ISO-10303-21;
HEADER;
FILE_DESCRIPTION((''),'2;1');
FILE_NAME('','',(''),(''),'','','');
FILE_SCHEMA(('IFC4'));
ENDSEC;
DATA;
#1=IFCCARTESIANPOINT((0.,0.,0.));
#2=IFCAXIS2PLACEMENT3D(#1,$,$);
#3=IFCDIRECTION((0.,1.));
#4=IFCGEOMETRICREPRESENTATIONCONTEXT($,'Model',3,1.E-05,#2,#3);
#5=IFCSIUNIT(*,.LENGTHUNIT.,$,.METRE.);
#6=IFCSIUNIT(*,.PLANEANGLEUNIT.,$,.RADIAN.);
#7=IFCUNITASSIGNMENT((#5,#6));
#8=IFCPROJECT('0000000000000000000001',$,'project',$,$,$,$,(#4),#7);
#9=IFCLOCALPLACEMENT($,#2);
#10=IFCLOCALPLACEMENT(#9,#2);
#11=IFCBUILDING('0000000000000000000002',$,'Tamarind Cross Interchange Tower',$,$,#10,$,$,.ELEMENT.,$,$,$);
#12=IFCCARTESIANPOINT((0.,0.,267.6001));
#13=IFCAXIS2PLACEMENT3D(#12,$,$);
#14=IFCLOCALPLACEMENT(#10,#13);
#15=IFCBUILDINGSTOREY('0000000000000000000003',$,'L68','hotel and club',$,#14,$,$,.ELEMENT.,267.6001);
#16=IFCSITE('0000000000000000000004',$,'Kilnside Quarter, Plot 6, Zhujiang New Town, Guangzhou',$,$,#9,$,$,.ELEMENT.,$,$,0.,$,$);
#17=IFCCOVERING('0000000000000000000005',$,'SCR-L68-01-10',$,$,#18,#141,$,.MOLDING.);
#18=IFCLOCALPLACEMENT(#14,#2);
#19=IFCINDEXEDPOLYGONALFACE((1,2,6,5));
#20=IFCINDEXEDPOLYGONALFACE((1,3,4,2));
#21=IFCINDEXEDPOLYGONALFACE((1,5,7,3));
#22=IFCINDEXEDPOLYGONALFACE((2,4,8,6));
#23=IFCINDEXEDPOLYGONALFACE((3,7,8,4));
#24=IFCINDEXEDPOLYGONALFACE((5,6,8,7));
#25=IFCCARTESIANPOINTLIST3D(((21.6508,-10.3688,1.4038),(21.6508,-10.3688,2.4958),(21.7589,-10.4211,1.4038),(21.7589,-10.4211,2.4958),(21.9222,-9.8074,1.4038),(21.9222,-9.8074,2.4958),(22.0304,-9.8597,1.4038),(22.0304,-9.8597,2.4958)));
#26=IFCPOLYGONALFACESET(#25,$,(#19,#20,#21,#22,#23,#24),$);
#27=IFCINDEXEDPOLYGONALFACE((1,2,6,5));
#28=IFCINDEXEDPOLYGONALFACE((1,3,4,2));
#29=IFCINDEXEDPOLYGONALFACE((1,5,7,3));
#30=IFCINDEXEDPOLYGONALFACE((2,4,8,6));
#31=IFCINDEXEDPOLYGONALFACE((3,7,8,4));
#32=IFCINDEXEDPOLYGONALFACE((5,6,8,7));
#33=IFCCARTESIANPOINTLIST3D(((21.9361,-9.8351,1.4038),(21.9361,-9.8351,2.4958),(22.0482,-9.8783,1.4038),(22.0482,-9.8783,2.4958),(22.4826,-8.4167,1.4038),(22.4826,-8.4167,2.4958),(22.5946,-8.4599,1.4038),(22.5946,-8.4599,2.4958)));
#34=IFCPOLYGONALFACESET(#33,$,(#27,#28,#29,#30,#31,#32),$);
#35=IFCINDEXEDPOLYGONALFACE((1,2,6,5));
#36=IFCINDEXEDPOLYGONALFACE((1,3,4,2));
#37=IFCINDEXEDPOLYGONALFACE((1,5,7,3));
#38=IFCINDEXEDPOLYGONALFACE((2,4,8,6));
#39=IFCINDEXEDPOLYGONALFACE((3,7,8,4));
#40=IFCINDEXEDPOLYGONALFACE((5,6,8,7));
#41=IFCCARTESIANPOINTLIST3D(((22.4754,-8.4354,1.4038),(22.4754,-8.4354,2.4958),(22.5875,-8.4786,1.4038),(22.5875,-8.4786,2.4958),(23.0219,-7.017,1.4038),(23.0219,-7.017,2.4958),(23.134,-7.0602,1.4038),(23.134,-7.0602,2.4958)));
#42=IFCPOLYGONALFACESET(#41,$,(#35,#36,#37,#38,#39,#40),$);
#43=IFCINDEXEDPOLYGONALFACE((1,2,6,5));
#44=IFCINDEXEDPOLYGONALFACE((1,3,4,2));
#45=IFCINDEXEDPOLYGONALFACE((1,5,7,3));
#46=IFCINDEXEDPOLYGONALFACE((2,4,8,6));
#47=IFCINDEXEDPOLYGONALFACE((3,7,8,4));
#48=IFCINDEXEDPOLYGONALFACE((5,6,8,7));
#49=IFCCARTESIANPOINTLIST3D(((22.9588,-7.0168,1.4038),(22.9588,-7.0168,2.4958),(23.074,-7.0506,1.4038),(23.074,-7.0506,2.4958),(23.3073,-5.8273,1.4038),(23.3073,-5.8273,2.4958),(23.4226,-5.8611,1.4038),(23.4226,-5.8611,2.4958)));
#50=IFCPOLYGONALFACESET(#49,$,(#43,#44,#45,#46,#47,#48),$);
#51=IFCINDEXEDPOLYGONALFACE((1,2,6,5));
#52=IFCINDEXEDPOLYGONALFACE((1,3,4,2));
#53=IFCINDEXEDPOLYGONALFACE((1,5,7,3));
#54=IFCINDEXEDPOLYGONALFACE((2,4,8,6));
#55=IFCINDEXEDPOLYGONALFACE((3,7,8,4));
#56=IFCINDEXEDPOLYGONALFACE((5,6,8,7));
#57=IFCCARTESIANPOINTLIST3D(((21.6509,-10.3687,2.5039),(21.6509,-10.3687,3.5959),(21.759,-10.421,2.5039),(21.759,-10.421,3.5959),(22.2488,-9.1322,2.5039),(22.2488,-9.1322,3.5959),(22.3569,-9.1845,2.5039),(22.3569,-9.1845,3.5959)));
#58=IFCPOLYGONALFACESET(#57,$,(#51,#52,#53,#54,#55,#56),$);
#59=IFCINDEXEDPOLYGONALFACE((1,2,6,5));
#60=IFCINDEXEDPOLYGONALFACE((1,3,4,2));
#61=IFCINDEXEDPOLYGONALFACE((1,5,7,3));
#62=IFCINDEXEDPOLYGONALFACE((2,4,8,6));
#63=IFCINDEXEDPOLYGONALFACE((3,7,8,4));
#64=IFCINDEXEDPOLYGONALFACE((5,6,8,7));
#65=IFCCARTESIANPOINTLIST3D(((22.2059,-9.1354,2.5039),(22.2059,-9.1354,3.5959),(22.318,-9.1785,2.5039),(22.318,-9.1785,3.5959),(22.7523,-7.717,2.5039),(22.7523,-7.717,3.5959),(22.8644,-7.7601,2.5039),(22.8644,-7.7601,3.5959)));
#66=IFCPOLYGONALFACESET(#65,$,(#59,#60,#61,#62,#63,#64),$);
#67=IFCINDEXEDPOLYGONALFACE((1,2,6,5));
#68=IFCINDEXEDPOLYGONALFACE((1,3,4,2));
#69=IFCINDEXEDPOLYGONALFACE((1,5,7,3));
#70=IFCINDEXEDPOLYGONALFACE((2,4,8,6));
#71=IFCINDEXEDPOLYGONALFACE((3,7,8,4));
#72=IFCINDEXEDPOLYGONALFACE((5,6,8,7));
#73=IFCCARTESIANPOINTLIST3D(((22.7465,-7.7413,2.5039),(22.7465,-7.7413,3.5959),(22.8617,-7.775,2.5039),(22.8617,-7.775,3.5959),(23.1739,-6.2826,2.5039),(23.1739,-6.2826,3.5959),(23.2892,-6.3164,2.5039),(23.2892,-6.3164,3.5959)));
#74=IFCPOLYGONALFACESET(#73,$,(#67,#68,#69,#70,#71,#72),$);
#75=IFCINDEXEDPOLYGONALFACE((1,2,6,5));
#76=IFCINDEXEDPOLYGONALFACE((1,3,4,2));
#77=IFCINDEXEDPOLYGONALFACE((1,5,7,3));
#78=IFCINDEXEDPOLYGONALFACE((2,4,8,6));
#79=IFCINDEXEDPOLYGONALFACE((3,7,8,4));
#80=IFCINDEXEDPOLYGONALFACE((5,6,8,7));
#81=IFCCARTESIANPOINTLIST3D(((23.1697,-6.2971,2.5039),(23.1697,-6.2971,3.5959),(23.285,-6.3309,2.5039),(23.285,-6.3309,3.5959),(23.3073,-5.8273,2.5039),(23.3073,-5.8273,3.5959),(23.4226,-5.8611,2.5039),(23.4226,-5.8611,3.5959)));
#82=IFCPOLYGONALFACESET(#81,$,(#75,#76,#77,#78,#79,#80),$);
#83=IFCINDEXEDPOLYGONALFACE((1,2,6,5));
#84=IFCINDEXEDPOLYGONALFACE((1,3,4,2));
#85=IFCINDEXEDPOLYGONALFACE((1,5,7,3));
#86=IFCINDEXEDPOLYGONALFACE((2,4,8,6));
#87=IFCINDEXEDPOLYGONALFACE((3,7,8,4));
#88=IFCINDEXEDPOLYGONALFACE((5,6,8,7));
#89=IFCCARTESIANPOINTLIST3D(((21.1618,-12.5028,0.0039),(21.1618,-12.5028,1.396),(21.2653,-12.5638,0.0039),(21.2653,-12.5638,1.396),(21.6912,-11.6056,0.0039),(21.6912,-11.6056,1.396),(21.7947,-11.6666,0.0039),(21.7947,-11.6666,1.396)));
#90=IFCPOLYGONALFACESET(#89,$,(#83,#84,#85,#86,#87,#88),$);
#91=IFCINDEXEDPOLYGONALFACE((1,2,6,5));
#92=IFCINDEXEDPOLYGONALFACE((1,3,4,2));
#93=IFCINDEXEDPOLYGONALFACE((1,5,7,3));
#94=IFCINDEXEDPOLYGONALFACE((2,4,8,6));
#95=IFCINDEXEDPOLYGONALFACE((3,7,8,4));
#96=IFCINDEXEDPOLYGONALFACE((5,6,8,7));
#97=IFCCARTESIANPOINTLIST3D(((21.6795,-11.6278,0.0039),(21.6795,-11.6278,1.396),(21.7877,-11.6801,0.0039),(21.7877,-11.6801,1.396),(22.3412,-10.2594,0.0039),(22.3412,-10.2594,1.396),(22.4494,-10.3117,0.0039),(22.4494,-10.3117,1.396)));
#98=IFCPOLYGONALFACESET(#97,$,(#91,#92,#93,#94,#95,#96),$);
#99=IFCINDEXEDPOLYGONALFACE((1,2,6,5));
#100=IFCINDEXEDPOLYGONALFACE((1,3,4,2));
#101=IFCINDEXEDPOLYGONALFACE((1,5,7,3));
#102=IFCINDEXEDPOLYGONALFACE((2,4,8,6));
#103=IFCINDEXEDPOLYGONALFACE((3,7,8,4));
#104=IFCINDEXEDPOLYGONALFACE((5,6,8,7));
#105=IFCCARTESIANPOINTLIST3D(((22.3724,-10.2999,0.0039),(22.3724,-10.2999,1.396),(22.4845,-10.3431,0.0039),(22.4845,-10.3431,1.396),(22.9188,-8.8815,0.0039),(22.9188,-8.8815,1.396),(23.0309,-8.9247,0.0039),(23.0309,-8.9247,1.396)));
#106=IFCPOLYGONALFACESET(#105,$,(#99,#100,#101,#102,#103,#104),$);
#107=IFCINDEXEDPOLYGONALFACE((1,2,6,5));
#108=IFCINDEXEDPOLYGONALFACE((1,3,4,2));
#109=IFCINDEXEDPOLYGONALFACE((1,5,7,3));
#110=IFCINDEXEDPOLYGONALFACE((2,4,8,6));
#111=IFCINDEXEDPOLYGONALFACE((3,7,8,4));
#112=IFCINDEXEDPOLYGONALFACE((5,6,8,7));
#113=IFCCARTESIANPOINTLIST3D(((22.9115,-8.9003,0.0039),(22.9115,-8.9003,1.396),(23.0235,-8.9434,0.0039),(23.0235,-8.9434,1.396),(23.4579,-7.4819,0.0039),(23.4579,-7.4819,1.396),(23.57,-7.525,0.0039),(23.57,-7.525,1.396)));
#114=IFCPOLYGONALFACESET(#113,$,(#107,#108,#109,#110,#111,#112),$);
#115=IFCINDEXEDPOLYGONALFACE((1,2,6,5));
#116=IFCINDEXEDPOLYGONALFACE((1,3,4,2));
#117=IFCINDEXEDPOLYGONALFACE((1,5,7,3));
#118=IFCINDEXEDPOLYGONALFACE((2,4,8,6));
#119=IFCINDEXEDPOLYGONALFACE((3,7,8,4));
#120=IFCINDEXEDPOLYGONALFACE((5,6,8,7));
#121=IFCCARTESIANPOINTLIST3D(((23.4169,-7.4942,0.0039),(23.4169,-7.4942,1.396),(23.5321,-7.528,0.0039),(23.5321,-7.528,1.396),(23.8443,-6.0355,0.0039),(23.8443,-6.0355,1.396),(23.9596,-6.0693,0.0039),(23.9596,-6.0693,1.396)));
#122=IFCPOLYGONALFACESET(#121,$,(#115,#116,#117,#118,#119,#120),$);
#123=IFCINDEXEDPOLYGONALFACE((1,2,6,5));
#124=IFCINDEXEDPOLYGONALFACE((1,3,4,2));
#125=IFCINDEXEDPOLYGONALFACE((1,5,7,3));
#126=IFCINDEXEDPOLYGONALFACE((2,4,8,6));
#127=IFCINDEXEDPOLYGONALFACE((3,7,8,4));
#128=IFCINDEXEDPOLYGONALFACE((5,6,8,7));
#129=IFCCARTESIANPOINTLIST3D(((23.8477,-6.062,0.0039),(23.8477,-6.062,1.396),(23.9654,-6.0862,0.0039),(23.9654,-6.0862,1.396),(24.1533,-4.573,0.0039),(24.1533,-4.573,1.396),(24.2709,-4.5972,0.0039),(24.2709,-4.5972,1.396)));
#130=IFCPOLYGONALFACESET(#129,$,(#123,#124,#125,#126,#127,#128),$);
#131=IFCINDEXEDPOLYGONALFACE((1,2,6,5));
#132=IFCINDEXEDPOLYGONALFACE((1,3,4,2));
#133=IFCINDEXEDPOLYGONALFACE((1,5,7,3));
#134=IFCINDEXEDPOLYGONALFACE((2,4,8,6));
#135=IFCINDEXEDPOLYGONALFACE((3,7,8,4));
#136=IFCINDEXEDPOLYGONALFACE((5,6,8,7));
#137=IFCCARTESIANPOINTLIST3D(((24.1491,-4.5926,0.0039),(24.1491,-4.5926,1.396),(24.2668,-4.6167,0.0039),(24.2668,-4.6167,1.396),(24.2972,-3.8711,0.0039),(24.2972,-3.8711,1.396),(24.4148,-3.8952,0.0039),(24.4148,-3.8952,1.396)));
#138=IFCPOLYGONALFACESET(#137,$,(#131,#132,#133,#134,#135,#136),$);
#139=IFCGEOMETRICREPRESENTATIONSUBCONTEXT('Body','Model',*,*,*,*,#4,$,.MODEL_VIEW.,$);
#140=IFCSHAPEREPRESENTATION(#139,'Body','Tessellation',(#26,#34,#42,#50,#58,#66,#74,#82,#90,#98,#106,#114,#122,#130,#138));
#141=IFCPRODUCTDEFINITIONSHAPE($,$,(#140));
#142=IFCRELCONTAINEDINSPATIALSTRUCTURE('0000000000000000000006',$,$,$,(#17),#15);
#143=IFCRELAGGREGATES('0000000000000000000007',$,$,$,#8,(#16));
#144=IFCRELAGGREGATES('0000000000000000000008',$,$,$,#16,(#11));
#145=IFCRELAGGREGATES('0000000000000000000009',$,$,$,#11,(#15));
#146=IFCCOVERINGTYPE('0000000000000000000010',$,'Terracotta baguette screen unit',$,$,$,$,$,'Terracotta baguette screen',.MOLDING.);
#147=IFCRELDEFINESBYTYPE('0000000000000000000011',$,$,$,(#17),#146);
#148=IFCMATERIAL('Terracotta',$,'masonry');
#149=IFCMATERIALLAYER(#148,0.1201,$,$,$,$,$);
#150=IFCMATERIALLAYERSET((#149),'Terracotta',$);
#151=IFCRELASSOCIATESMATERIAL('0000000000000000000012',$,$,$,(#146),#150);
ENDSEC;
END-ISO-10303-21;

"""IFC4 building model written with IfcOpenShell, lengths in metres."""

from ifc_helpers import new_model, si_unit, direction, frame, origin, origin_2d, place, context, subcontext, project, spatial, rectangle, extrude, material, layer, layer_set, type_object, element, save


model = new_model("IFC4")

# Units and contexts
model_context = context("Model", 3, precision=1e-05, world=origin(), true_north=direction((0.0, 1.0)))
body_context = subcontext(model_context, "Body", "Model", "MODEL_VIEW")
ifc_project = project(units=[si_unit("LENGTHUNIT", "METRE"), si_unit("PLANEANGLEUNIT", "RADIAN")], contexts=[model_context])

# Site, building, storey
site_placement = place(None, origin())
site = spatial("IfcSite", under=ifc_project, at=site_placement, Name="Kilnside Quarter, Plot 6, Zhujiang New Town, Guangzhou", CompositionType="ELEMENT", RefElevation=0.0)
building_placement = place(site_placement, origin())
building = spatial("IfcBuilding", under=site, at=building_placement, Name="Tamarind Cross Interchange Tower", CompositionType="ELEMENT")
storey_placement = place(building_placement, frame((0.0, 0.0, 267.6001)))
storey = spatial("IfcBuildingStorey", under=building, at=storey_placement, Name="L68", Description="hotel and club", CompositionType="ELEMENT", Elevation=267.6001)

# Covering
ifc_material_1 = material(Name="Terracotta", Category="masonry")
ifc_layer_1 = layer(ifc_material_1, 0.1201)
ifc_layer_set_1 = layer_set([ifc_layer_1], Name="Terracotta")
covering_type = type_object("IfcCoveringType", Name="Terracotta baguette screen unit", ElementType="Terracotta baguette screen", PredefinedType="MOLDING", material=ifc_layer_set_1)
covering_1_placement = place(storey_placement, origin())
element("IfcCovering", 1, at=covering_1_placement, inside=storey, type_object=covering_type, Name="SCR-L68-01-10", PredefinedType="MOLDING", context=body_context, shape_type="SweptSolid", body=[
    extrude(rectangle(XDim=0.6235, YDim=0.1201, at=origin_2d()), frame((21.8406, -10.1143, 1.4038), z_axis=(0.0, 0.0, 1.0), x_axis=(0.435326, 0.900273, 0.0)), (0.0, 0.0, 1.0), 1.092),
    extrude(rectangle(XDim=1.52, YDim=0.1201, at=origin_2d()), frame((22.2654, -9.1475, 1.4038), z_axis=(0.0, 0.0, 1.0), x_axis=(0.359495, 0.933147, 0.0)), (0.0, 0.0, 1.0), 1.092),
    extrude(rectangle(XDim=1.52, YDim=0.1201, at=origin_2d()), frame((22.8047, -7.7478, 1.4038), z_axis=(0.0, 0.0, 1.0), x_axis=(0.359495, 0.933147, 0.0)), (0.0, 0.0, 1.0), 1.092),
    extrude(rectangle(XDim=1.2395, YDim=0.1201, at=origin_2d()), frame((23.1907, -6.439, 1.4038), z_axis=(0.0, 0.0, 1.0), x_axis=(0.281209, 0.959647, 0.0)), (0.0, 0.0, 1.0), 1.092),
    extrude(rectangle(XDim=1.3735, YDim=0.1201, at=origin_2d()), frame((22.0039, -9.7766, 2.5039), z_axis=(0.0, 0.0, 1.0), x_axis=(0.435326, 0.900273, 0.0)), (0.0, 0.0, 1.0), 1.092),
    extrude(rectangle(XDim=1.52, YDim=0.1201, at=origin_2d()), frame((22.5352, -8.4478, 2.5039), z_axis=(0.0, 0.0, 1.0), x_axis=(0.359495, 0.933147, 0.0)), (0.0, 0.0, 1.0), 1.092),
    extrude(rectangle(XDim=1.52, YDim=0.1201, at=origin_2d()), frame((23.0178, -7.0288, 2.5039), z_axis=(0.0, 0.0, 1.0), x_axis=(0.281209, 0.959647, 0.0)), (0.0, 0.0, 1.0), 1.092),
    extrude(rectangle(XDim=0.4895, YDim=0.1201, at=origin_2d()), frame((23.2961, -6.0791, 2.5039), z_axis=(0.0, 0.0, 1.0), x_axis=(0.281209, 0.959647, 0.0)), (0.0, 0.0, 1.0), 1.092),
    extrude(rectangle(XDim=1.0417, YDim=0.1201, at=origin_2d()), frame((21.4783, -12.0847, 0.0039), z_axis=(0.0, 0.0, 1.0), x_axis=(0.508183, 0.861249, 0.0)), (0.0, 0.0, 1.0), 1.3921),
    extrude(rectangle(XDim=1.52, YDim=0.1201, at=origin_2d()), frame((22.0645, -10.9697, 0.0039), z_axis=(0.0, 0.0, 1.0), x_axis=(0.435326, 0.900273, 0.0)), (0.0, 0.0, 1.0), 1.3921),
    extrude(rectangle(XDim=1.52, YDim=0.1201, at=origin_2d()), frame((22.7017, -9.6123, 0.0039), z_axis=(0.0, 0.0, 1.0), x_axis=(0.359495, 0.933147, 0.0)), (0.0, 0.0, 1.0), 1.3921),
    extrude(rectangle(XDim=1.52, YDim=0.1201, at=origin_2d()), frame((23.2407, -8.2126, 0.0039), z_axis=(0.0, 0.0, 1.0), x_axis=(0.359495, 0.933147, 0.0)), (0.0, 0.0, 1.0), 1.3921),
    extrude(rectangle(XDim=1.52, YDim=0.1201, at=origin_2d()), frame((23.6882, -6.7817, 0.0039), z_axis=(0.0, 0.0, 1.0), x_axis=(0.281209, 0.959647, 0.0)), (0.0, 0.0, 1.0), 1.3921),
    extrude(rectangle(XDim=1.52, YDim=0.1201, at=origin_2d()), frame((24.0593, -5.3296, 0.0039), z_axis=(0.0, 0.0, 1.0), x_axis=(0.201001, 0.979591, 0.0)), (0.0, 0.0, 1.0), 1.3921),
    extrude(rectangle(XDim=0.7366, YDim=0.1201, at=origin_2d()), frame((24.282, -4.2439, 0.0039), z_axis=(0.0, 0.0, 1.0), x_axis=(0.201001, 0.979591, 0.0)), (0.0, 0.0, 1.0), 1.3921),
])

save(model, "model.ifc")
